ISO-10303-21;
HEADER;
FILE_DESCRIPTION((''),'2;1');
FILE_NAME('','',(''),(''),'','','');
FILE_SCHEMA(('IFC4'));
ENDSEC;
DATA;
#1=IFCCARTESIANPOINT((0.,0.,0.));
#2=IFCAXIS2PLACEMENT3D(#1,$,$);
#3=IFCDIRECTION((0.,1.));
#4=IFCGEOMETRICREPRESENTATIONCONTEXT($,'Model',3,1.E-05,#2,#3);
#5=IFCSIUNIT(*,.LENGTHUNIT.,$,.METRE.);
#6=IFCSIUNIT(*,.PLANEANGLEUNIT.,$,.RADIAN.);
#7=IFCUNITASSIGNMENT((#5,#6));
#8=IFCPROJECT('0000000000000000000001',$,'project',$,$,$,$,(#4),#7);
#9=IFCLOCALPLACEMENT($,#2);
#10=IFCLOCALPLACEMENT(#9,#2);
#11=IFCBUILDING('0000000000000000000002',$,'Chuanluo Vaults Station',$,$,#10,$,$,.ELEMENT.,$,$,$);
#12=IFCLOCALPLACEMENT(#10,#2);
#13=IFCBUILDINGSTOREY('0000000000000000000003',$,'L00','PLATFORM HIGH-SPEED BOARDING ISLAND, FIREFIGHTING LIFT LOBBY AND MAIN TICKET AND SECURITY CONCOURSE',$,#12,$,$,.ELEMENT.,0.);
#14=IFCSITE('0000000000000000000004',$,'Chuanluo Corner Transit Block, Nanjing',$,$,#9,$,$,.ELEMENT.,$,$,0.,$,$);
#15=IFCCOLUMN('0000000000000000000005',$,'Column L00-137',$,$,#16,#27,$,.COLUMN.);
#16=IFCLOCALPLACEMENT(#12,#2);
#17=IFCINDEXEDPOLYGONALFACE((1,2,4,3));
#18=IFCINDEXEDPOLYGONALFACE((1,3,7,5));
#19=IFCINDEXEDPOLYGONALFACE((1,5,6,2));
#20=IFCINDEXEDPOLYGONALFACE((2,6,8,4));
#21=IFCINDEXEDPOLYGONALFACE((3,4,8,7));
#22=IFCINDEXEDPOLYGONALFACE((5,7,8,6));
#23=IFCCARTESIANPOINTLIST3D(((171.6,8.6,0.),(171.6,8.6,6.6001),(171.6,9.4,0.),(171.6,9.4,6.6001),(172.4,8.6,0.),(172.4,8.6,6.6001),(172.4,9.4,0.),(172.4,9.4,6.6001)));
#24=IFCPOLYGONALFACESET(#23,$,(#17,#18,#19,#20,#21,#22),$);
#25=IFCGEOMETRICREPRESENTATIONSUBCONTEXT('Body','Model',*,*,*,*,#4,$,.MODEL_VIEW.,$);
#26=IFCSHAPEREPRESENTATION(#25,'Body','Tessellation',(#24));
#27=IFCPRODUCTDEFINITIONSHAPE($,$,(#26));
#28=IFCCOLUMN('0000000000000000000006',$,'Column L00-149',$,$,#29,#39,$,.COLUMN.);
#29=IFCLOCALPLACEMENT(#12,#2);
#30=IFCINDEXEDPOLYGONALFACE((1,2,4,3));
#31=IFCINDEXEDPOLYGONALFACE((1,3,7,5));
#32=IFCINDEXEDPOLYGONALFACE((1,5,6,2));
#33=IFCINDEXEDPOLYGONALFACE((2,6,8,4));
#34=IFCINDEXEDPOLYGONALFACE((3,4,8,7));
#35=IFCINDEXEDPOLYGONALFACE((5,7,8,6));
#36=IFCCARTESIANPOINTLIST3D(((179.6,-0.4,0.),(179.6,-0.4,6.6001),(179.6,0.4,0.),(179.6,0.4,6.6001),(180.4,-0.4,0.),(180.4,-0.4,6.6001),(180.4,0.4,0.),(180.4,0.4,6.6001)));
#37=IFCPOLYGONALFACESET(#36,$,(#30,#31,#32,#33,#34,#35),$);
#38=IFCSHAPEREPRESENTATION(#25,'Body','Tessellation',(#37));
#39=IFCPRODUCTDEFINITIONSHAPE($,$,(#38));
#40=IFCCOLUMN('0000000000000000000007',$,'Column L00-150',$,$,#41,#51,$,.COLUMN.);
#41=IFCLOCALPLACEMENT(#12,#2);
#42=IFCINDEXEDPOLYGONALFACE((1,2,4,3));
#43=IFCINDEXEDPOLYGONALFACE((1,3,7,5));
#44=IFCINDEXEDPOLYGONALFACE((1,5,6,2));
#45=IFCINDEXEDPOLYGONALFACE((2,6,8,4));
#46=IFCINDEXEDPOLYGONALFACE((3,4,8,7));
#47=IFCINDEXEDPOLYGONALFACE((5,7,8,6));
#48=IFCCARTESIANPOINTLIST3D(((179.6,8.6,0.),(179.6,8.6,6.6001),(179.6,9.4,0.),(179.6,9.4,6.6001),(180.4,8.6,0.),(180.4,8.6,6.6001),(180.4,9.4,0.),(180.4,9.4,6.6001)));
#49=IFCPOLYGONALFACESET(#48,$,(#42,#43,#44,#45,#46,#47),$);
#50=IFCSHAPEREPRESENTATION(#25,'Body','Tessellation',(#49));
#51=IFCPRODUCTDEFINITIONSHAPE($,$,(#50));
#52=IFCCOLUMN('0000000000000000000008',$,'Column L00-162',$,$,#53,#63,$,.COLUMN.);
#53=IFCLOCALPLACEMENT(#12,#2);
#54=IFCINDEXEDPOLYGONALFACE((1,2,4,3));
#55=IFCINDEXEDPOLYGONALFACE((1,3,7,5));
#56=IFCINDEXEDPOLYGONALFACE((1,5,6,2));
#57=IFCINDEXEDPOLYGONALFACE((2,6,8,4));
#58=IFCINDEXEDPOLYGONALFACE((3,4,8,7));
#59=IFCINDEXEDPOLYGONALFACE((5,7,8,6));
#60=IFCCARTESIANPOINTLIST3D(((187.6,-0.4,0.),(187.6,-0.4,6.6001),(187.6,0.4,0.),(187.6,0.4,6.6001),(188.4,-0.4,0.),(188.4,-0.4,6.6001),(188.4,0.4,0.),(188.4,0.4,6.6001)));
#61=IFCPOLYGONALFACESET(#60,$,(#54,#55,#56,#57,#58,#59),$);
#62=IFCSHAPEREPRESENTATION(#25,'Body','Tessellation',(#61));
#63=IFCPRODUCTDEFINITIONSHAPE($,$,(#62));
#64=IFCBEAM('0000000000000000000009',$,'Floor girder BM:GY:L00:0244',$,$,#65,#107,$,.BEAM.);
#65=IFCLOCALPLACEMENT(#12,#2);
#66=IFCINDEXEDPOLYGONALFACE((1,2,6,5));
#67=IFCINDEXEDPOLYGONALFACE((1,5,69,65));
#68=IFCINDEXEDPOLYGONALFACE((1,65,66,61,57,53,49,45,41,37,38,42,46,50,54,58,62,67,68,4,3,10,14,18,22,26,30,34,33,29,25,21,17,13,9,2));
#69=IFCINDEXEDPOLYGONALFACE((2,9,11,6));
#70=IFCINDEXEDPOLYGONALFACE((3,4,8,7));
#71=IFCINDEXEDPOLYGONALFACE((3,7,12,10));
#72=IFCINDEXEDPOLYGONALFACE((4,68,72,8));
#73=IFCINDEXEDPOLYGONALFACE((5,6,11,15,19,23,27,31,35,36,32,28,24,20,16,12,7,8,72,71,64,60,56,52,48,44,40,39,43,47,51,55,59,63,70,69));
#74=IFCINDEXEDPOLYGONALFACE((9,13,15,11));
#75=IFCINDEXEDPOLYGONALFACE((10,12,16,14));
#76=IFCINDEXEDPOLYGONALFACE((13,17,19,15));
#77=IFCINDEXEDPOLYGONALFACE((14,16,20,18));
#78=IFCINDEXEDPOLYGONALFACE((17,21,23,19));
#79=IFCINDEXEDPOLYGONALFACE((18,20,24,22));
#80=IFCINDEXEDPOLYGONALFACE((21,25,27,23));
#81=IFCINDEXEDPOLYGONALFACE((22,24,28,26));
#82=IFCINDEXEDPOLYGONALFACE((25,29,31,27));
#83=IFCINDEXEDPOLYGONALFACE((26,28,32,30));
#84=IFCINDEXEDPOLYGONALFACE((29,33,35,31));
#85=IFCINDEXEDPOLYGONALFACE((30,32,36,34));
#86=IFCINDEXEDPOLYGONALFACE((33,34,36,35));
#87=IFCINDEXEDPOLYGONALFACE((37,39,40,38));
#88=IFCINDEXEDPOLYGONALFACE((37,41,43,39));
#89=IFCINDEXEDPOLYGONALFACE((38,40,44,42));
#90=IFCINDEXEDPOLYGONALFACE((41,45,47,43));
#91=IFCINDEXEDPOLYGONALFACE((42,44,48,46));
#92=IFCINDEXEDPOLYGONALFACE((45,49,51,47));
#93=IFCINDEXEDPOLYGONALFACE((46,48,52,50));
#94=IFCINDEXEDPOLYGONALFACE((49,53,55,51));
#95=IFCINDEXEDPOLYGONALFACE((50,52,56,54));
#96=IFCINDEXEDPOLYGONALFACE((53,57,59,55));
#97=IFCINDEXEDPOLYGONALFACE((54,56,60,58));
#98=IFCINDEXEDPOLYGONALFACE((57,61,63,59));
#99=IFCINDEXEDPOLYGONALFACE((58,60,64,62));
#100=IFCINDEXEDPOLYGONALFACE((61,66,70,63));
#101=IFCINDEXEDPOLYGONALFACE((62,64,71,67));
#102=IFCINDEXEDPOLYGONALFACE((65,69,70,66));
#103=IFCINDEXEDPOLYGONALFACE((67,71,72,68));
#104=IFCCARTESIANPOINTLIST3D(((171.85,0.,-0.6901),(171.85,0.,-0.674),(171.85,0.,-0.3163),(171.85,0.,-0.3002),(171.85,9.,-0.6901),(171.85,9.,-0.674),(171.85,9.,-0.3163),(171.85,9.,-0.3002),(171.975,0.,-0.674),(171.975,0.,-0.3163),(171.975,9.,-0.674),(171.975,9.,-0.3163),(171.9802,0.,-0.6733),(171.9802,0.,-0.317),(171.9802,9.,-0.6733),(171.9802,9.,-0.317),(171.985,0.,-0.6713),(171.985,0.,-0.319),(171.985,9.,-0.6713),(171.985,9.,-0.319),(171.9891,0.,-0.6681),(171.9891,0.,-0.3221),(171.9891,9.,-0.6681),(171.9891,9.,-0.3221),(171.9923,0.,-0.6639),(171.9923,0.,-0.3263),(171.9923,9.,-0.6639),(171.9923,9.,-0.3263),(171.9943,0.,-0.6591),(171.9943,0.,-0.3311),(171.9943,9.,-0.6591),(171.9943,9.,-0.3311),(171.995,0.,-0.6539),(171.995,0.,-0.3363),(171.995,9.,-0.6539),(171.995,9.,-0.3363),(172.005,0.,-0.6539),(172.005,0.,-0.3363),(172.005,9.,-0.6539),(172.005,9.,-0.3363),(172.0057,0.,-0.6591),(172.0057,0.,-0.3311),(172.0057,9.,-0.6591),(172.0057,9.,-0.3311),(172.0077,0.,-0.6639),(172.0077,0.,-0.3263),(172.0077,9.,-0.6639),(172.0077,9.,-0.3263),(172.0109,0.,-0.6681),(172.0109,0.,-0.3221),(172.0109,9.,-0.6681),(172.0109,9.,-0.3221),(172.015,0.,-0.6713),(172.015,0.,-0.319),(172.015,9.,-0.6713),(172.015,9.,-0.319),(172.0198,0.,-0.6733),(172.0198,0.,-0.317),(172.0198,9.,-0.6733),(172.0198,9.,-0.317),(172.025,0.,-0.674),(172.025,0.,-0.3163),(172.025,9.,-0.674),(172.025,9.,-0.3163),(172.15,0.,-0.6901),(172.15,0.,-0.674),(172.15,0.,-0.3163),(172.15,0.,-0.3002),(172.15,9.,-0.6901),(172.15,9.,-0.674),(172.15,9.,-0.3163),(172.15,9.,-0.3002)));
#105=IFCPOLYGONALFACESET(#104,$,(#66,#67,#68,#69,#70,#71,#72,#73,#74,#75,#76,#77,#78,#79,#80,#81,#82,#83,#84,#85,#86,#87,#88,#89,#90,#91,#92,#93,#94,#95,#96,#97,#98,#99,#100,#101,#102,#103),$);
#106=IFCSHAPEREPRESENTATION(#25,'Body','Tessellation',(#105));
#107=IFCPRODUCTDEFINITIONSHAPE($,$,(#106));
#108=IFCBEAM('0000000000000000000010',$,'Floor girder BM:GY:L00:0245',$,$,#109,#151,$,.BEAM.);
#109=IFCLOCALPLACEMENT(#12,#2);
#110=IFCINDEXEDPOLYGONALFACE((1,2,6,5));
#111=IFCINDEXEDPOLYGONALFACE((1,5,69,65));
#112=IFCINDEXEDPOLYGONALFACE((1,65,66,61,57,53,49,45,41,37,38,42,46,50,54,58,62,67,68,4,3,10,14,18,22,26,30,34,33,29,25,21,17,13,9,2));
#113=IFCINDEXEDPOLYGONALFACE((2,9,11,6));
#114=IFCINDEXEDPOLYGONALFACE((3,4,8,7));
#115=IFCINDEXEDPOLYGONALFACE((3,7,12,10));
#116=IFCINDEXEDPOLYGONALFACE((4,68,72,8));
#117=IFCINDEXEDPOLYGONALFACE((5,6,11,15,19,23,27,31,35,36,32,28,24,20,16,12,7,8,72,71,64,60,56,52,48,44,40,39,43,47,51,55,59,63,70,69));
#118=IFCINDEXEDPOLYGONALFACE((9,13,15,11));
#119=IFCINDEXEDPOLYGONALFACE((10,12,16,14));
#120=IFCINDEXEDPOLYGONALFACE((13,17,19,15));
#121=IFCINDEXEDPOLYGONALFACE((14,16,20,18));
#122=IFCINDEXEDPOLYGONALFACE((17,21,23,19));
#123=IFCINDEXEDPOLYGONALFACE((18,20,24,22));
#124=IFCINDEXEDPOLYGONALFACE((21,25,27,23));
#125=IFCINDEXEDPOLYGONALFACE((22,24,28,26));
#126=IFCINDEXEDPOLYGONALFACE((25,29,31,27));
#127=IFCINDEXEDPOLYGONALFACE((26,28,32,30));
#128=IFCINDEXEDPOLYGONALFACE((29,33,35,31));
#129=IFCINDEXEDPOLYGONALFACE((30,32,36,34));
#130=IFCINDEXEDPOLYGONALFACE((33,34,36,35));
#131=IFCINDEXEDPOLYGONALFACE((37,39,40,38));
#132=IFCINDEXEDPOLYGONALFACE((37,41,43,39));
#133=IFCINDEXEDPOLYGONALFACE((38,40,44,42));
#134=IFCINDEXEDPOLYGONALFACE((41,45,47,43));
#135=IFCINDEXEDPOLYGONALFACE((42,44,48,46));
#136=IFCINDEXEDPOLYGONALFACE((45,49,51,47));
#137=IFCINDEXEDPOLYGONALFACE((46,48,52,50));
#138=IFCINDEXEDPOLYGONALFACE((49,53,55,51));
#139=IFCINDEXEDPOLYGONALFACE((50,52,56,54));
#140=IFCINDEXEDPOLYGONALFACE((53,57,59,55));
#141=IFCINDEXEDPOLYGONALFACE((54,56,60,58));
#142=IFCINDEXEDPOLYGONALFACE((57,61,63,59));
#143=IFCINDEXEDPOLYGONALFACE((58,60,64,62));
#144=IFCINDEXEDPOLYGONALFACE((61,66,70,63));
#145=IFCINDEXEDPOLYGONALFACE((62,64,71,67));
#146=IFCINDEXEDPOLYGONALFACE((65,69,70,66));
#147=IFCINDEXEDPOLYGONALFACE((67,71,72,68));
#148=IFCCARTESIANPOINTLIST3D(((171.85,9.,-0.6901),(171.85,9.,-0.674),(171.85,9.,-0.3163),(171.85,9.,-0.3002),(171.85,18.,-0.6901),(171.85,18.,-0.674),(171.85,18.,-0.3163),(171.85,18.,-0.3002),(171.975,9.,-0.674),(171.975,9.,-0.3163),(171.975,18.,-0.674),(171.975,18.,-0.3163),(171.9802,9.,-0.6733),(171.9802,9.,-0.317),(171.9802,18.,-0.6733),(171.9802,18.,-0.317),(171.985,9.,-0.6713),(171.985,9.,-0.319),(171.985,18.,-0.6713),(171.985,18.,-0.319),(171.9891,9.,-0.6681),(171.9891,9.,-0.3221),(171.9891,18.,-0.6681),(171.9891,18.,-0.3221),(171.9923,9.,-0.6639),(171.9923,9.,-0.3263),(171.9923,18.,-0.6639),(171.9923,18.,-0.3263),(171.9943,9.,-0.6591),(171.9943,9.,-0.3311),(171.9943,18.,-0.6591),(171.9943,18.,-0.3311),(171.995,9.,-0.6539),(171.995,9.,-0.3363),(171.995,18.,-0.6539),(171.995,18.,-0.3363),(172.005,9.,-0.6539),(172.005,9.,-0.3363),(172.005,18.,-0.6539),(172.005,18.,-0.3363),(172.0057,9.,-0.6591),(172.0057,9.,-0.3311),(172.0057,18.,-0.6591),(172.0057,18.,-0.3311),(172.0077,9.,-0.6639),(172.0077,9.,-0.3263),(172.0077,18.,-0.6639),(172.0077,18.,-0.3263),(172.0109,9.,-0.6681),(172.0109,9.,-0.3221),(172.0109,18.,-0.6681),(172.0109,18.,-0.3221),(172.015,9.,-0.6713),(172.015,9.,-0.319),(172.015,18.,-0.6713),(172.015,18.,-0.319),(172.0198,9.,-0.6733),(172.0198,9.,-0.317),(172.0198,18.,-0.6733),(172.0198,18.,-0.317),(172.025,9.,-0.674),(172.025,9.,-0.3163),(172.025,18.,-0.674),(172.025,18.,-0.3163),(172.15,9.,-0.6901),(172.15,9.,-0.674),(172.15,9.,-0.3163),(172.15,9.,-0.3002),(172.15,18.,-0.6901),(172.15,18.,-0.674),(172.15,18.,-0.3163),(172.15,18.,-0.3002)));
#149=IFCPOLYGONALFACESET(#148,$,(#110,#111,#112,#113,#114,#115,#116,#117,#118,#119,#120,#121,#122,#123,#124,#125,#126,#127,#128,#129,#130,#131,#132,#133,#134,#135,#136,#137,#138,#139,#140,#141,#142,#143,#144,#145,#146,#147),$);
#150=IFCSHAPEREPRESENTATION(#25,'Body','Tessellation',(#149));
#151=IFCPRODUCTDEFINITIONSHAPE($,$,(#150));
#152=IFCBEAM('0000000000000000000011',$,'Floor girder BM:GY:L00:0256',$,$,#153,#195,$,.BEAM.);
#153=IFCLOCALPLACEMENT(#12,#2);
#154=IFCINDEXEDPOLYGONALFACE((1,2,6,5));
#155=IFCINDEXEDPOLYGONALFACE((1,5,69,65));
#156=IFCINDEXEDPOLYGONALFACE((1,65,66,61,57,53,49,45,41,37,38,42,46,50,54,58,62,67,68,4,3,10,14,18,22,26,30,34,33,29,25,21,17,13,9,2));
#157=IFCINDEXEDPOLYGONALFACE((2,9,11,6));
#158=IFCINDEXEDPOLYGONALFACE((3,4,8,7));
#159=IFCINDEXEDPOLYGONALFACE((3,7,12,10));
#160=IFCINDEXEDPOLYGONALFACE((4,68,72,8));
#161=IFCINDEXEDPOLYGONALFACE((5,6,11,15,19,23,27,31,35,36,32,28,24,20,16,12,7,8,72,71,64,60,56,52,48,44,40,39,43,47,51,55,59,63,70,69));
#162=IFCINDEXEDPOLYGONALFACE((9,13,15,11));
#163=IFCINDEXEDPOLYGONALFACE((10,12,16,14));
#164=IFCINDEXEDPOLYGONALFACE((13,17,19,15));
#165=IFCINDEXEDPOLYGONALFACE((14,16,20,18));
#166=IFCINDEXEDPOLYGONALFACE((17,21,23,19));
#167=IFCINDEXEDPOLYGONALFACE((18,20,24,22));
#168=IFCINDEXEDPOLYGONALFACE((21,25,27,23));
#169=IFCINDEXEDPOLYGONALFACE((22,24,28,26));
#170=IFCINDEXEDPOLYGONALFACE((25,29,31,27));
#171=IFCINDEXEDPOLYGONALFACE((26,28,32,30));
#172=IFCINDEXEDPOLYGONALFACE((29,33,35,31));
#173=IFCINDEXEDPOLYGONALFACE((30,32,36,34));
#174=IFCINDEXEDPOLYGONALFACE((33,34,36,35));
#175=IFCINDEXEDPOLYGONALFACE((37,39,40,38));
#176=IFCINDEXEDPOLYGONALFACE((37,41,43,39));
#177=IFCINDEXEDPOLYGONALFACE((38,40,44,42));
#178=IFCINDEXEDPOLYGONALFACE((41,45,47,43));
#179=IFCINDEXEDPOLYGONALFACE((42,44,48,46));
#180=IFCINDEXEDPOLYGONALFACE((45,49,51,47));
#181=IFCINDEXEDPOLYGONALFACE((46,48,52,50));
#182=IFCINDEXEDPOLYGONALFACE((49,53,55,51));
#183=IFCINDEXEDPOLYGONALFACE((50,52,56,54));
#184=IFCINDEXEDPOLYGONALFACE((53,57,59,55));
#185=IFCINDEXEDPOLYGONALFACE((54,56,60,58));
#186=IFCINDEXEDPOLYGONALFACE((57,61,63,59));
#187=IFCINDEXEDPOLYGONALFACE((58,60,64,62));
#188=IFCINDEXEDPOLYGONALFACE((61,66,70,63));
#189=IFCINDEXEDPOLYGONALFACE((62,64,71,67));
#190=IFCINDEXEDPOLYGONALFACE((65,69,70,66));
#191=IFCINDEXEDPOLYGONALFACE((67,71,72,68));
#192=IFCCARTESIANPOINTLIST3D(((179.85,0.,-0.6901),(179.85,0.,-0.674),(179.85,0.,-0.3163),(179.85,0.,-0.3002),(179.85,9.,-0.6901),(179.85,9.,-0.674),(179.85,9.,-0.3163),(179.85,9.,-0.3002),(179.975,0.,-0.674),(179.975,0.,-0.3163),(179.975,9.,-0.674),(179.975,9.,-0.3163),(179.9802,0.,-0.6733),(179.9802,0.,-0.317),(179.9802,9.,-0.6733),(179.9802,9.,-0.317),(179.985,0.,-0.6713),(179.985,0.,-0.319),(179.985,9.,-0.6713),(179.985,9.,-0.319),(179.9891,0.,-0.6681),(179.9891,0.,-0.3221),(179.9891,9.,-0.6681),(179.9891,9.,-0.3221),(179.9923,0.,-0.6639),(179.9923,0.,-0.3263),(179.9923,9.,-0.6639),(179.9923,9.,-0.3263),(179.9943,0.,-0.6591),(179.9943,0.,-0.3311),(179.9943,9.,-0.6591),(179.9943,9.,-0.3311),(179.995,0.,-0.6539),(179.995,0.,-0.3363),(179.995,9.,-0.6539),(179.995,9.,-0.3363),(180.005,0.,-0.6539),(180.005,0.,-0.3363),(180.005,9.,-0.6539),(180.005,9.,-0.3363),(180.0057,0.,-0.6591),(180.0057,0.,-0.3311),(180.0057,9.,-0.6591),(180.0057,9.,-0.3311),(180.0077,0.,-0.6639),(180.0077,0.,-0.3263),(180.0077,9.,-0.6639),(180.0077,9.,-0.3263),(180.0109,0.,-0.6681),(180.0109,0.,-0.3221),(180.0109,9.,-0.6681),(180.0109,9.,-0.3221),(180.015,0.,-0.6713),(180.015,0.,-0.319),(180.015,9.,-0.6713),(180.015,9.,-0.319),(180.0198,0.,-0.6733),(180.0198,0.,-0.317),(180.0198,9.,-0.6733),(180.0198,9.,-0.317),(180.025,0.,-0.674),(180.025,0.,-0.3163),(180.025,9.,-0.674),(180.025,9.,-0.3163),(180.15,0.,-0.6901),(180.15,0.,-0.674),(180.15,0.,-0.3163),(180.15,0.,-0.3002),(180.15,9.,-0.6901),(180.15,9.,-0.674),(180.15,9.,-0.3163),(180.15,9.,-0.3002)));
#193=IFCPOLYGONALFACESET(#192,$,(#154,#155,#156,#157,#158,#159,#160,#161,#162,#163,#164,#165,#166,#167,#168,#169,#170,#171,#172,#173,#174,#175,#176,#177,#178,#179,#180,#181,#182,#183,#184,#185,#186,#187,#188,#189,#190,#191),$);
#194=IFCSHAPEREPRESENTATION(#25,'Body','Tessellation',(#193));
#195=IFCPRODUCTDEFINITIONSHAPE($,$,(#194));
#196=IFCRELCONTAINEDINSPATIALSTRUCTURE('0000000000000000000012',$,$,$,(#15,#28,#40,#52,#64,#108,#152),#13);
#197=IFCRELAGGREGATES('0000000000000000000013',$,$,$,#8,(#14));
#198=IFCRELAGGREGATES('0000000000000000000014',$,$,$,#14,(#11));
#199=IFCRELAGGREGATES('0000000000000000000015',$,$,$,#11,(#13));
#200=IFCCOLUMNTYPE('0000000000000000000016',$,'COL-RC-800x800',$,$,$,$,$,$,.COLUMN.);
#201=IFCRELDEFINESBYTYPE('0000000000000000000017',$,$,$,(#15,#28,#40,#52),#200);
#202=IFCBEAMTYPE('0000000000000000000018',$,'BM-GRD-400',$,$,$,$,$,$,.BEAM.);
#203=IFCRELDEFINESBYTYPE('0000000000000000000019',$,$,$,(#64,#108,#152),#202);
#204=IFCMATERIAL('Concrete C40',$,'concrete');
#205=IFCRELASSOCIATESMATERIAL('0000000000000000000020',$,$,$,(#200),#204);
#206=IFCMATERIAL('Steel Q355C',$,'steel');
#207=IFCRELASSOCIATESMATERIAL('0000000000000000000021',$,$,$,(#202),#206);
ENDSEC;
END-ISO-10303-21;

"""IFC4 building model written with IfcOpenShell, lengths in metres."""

from ifc_helpers import new_model, si_unit, direction, frame, origin, origin_2d, place, context, subcontext, project, spatial, rectangle, i_section, extrude, material, material_profile, profile_set, type_object, element, save


model = new_model("IFC4")

# Units and contexts
model_context = context("Model", 3, precision=1e-05, world=origin(), true_north=direction((0.0, 1.0)))
body_context = subcontext(model_context, "Body", "Model", "MODEL_VIEW")
ifc_project = project(units=[si_unit("LENGTHUNIT", "METRE"), si_unit("PLANEANGLEUNIT", "RADIAN")], contexts=[model_context])

# Site, building, storey
site_placement = place(None, origin())
site = spatial("IfcSite", under=ifc_project, at=site_placement, Name="Chuanluo Corner Transit Block, Nanjing", CompositionType="ELEMENT", RefElevation=0.0)
building_placement = place(site_placement, origin())
building = spatial("IfcBuilding", under=site, at=building_placement, Name="Chuanluo Vaults Station", CompositionType="ELEMENT")
storey_placement = place(building_placement, origin())
storey = spatial("IfcBuildingStorey", under=building, at=storey_placement, Name="L00", Description="PLATFORM HIGH-SPEED BOARDING ISLAND, FIREFIGHTING LIFT LOBBY AND MAIN TICKET AND SECURITY CONCOURSE", CompositionType="ELEMENT", Elevation=0.0)

# Columns
ifc_material_1 = material(Name="Concrete C40", Category="concrete")
ifc_material_profile_1 = material_profile(ifc_material_1, rectangle(XDim=0.8, YDim=0.8, at=origin_2d()))
ifc_profile_set_1 = profile_set([ifc_material_profile_1], Name="Concrete C40")
column_type = type_object("IfcColumnType", Name="COL-RC-800x800", PredefinedType="COLUMN", material=ifc_profile_set_1)
for number, where, z_axis, x_axis, name in (
    (1, (172.0, 9.0, 0.0), (0.0, 0.0, 1.0), (1.0, 0.0, 0.0), "Column L00-137"),
    (2, (180.0, 0.0, 0.0), (0.0, 0.0, 1.0), (1.0, 0.0, 0.0), "Column L00-149"),
    (3, (180.0, 9.0, 0.0), (0.0, 0.0, 1.0), (1.0, 0.0, 0.0), "Column L00-150"),
    (4, (188.0, 0.0, 0.0), (0.0, 0.0, 1.0), (1.0, 0.0, 0.0), "Column L00-162"),
):
    element("IfcColumn", number, at=place(storey_placement, frame(where, z_axis=z_axis, x_axis=x_axis)), inside=storey, type_object=column_type, Name=name, PredefinedType="COLUMN", context=body_context, shape_type="SweptSolid", body=[
        extrude(rectangle(XDim=0.8, YDim=0.8, at=origin_2d()), origin(), (0.0, 0.0, 1.0), 6.6001),
    ])

# Beams
ifc_material_2 = material(Name="Steel Q355C", Category="steel")
ifc_material_profile_2 = material_profile(ifc_material_2, i_section(OverallWidth=0.3, OverallDepth=0.3899, WebThickness=0.01, FlangeThickness=0.0161, FilletRadius=0.02, at=origin_2d()))
ifc_profile_set_2 = profile_set([ifc_material_profile_2], Name="Steel Q355C")
beam_type_1 = type_object("IfcBeamType", Name="BM-GRD-400", PredefinedType="BEAM", material=ifc_profile_set_2)
for number, where, z_axis, x_axis, name in (
    (5, (172.0, 0.0, -0.4951), (0.0, 1.0, 0.0), (-1.0, 0.0, 0.0), "Floor girder BM:GY:L00:0244"),
    (6, (172.0, 9.0, -0.4951), (0.0, 1.0, 0.0), (-1.0, 0.0, 0.0), "Floor girder BM:GY:L00:0245"),
    (7, (180.0, 0.0, -0.4951), (0.0, 1.0, 0.0), (-1.0, 0.0, 0.0), "Floor girder BM:GY:L00:0256"),
):
    element("IfcBeam", number, at=place(storey_placement, frame(where, z_axis=z_axis, x_axis=x_axis)), inside=storey, type_object=beam_type_1, Name=name, PredefinedType="BEAM", context=body_context, shape_type="SweptSolid", body=[
        extrude(i_section(OverallWidth=0.3, OverallDepth=0.3899, WebThickness=0.01, FlangeThickness=0.0161, FilletRadius=0.02, at=origin_2d()), origin(), (0.0, 0.0, 1.0), 9.0),
    ])

save(model, "model.ifc")
